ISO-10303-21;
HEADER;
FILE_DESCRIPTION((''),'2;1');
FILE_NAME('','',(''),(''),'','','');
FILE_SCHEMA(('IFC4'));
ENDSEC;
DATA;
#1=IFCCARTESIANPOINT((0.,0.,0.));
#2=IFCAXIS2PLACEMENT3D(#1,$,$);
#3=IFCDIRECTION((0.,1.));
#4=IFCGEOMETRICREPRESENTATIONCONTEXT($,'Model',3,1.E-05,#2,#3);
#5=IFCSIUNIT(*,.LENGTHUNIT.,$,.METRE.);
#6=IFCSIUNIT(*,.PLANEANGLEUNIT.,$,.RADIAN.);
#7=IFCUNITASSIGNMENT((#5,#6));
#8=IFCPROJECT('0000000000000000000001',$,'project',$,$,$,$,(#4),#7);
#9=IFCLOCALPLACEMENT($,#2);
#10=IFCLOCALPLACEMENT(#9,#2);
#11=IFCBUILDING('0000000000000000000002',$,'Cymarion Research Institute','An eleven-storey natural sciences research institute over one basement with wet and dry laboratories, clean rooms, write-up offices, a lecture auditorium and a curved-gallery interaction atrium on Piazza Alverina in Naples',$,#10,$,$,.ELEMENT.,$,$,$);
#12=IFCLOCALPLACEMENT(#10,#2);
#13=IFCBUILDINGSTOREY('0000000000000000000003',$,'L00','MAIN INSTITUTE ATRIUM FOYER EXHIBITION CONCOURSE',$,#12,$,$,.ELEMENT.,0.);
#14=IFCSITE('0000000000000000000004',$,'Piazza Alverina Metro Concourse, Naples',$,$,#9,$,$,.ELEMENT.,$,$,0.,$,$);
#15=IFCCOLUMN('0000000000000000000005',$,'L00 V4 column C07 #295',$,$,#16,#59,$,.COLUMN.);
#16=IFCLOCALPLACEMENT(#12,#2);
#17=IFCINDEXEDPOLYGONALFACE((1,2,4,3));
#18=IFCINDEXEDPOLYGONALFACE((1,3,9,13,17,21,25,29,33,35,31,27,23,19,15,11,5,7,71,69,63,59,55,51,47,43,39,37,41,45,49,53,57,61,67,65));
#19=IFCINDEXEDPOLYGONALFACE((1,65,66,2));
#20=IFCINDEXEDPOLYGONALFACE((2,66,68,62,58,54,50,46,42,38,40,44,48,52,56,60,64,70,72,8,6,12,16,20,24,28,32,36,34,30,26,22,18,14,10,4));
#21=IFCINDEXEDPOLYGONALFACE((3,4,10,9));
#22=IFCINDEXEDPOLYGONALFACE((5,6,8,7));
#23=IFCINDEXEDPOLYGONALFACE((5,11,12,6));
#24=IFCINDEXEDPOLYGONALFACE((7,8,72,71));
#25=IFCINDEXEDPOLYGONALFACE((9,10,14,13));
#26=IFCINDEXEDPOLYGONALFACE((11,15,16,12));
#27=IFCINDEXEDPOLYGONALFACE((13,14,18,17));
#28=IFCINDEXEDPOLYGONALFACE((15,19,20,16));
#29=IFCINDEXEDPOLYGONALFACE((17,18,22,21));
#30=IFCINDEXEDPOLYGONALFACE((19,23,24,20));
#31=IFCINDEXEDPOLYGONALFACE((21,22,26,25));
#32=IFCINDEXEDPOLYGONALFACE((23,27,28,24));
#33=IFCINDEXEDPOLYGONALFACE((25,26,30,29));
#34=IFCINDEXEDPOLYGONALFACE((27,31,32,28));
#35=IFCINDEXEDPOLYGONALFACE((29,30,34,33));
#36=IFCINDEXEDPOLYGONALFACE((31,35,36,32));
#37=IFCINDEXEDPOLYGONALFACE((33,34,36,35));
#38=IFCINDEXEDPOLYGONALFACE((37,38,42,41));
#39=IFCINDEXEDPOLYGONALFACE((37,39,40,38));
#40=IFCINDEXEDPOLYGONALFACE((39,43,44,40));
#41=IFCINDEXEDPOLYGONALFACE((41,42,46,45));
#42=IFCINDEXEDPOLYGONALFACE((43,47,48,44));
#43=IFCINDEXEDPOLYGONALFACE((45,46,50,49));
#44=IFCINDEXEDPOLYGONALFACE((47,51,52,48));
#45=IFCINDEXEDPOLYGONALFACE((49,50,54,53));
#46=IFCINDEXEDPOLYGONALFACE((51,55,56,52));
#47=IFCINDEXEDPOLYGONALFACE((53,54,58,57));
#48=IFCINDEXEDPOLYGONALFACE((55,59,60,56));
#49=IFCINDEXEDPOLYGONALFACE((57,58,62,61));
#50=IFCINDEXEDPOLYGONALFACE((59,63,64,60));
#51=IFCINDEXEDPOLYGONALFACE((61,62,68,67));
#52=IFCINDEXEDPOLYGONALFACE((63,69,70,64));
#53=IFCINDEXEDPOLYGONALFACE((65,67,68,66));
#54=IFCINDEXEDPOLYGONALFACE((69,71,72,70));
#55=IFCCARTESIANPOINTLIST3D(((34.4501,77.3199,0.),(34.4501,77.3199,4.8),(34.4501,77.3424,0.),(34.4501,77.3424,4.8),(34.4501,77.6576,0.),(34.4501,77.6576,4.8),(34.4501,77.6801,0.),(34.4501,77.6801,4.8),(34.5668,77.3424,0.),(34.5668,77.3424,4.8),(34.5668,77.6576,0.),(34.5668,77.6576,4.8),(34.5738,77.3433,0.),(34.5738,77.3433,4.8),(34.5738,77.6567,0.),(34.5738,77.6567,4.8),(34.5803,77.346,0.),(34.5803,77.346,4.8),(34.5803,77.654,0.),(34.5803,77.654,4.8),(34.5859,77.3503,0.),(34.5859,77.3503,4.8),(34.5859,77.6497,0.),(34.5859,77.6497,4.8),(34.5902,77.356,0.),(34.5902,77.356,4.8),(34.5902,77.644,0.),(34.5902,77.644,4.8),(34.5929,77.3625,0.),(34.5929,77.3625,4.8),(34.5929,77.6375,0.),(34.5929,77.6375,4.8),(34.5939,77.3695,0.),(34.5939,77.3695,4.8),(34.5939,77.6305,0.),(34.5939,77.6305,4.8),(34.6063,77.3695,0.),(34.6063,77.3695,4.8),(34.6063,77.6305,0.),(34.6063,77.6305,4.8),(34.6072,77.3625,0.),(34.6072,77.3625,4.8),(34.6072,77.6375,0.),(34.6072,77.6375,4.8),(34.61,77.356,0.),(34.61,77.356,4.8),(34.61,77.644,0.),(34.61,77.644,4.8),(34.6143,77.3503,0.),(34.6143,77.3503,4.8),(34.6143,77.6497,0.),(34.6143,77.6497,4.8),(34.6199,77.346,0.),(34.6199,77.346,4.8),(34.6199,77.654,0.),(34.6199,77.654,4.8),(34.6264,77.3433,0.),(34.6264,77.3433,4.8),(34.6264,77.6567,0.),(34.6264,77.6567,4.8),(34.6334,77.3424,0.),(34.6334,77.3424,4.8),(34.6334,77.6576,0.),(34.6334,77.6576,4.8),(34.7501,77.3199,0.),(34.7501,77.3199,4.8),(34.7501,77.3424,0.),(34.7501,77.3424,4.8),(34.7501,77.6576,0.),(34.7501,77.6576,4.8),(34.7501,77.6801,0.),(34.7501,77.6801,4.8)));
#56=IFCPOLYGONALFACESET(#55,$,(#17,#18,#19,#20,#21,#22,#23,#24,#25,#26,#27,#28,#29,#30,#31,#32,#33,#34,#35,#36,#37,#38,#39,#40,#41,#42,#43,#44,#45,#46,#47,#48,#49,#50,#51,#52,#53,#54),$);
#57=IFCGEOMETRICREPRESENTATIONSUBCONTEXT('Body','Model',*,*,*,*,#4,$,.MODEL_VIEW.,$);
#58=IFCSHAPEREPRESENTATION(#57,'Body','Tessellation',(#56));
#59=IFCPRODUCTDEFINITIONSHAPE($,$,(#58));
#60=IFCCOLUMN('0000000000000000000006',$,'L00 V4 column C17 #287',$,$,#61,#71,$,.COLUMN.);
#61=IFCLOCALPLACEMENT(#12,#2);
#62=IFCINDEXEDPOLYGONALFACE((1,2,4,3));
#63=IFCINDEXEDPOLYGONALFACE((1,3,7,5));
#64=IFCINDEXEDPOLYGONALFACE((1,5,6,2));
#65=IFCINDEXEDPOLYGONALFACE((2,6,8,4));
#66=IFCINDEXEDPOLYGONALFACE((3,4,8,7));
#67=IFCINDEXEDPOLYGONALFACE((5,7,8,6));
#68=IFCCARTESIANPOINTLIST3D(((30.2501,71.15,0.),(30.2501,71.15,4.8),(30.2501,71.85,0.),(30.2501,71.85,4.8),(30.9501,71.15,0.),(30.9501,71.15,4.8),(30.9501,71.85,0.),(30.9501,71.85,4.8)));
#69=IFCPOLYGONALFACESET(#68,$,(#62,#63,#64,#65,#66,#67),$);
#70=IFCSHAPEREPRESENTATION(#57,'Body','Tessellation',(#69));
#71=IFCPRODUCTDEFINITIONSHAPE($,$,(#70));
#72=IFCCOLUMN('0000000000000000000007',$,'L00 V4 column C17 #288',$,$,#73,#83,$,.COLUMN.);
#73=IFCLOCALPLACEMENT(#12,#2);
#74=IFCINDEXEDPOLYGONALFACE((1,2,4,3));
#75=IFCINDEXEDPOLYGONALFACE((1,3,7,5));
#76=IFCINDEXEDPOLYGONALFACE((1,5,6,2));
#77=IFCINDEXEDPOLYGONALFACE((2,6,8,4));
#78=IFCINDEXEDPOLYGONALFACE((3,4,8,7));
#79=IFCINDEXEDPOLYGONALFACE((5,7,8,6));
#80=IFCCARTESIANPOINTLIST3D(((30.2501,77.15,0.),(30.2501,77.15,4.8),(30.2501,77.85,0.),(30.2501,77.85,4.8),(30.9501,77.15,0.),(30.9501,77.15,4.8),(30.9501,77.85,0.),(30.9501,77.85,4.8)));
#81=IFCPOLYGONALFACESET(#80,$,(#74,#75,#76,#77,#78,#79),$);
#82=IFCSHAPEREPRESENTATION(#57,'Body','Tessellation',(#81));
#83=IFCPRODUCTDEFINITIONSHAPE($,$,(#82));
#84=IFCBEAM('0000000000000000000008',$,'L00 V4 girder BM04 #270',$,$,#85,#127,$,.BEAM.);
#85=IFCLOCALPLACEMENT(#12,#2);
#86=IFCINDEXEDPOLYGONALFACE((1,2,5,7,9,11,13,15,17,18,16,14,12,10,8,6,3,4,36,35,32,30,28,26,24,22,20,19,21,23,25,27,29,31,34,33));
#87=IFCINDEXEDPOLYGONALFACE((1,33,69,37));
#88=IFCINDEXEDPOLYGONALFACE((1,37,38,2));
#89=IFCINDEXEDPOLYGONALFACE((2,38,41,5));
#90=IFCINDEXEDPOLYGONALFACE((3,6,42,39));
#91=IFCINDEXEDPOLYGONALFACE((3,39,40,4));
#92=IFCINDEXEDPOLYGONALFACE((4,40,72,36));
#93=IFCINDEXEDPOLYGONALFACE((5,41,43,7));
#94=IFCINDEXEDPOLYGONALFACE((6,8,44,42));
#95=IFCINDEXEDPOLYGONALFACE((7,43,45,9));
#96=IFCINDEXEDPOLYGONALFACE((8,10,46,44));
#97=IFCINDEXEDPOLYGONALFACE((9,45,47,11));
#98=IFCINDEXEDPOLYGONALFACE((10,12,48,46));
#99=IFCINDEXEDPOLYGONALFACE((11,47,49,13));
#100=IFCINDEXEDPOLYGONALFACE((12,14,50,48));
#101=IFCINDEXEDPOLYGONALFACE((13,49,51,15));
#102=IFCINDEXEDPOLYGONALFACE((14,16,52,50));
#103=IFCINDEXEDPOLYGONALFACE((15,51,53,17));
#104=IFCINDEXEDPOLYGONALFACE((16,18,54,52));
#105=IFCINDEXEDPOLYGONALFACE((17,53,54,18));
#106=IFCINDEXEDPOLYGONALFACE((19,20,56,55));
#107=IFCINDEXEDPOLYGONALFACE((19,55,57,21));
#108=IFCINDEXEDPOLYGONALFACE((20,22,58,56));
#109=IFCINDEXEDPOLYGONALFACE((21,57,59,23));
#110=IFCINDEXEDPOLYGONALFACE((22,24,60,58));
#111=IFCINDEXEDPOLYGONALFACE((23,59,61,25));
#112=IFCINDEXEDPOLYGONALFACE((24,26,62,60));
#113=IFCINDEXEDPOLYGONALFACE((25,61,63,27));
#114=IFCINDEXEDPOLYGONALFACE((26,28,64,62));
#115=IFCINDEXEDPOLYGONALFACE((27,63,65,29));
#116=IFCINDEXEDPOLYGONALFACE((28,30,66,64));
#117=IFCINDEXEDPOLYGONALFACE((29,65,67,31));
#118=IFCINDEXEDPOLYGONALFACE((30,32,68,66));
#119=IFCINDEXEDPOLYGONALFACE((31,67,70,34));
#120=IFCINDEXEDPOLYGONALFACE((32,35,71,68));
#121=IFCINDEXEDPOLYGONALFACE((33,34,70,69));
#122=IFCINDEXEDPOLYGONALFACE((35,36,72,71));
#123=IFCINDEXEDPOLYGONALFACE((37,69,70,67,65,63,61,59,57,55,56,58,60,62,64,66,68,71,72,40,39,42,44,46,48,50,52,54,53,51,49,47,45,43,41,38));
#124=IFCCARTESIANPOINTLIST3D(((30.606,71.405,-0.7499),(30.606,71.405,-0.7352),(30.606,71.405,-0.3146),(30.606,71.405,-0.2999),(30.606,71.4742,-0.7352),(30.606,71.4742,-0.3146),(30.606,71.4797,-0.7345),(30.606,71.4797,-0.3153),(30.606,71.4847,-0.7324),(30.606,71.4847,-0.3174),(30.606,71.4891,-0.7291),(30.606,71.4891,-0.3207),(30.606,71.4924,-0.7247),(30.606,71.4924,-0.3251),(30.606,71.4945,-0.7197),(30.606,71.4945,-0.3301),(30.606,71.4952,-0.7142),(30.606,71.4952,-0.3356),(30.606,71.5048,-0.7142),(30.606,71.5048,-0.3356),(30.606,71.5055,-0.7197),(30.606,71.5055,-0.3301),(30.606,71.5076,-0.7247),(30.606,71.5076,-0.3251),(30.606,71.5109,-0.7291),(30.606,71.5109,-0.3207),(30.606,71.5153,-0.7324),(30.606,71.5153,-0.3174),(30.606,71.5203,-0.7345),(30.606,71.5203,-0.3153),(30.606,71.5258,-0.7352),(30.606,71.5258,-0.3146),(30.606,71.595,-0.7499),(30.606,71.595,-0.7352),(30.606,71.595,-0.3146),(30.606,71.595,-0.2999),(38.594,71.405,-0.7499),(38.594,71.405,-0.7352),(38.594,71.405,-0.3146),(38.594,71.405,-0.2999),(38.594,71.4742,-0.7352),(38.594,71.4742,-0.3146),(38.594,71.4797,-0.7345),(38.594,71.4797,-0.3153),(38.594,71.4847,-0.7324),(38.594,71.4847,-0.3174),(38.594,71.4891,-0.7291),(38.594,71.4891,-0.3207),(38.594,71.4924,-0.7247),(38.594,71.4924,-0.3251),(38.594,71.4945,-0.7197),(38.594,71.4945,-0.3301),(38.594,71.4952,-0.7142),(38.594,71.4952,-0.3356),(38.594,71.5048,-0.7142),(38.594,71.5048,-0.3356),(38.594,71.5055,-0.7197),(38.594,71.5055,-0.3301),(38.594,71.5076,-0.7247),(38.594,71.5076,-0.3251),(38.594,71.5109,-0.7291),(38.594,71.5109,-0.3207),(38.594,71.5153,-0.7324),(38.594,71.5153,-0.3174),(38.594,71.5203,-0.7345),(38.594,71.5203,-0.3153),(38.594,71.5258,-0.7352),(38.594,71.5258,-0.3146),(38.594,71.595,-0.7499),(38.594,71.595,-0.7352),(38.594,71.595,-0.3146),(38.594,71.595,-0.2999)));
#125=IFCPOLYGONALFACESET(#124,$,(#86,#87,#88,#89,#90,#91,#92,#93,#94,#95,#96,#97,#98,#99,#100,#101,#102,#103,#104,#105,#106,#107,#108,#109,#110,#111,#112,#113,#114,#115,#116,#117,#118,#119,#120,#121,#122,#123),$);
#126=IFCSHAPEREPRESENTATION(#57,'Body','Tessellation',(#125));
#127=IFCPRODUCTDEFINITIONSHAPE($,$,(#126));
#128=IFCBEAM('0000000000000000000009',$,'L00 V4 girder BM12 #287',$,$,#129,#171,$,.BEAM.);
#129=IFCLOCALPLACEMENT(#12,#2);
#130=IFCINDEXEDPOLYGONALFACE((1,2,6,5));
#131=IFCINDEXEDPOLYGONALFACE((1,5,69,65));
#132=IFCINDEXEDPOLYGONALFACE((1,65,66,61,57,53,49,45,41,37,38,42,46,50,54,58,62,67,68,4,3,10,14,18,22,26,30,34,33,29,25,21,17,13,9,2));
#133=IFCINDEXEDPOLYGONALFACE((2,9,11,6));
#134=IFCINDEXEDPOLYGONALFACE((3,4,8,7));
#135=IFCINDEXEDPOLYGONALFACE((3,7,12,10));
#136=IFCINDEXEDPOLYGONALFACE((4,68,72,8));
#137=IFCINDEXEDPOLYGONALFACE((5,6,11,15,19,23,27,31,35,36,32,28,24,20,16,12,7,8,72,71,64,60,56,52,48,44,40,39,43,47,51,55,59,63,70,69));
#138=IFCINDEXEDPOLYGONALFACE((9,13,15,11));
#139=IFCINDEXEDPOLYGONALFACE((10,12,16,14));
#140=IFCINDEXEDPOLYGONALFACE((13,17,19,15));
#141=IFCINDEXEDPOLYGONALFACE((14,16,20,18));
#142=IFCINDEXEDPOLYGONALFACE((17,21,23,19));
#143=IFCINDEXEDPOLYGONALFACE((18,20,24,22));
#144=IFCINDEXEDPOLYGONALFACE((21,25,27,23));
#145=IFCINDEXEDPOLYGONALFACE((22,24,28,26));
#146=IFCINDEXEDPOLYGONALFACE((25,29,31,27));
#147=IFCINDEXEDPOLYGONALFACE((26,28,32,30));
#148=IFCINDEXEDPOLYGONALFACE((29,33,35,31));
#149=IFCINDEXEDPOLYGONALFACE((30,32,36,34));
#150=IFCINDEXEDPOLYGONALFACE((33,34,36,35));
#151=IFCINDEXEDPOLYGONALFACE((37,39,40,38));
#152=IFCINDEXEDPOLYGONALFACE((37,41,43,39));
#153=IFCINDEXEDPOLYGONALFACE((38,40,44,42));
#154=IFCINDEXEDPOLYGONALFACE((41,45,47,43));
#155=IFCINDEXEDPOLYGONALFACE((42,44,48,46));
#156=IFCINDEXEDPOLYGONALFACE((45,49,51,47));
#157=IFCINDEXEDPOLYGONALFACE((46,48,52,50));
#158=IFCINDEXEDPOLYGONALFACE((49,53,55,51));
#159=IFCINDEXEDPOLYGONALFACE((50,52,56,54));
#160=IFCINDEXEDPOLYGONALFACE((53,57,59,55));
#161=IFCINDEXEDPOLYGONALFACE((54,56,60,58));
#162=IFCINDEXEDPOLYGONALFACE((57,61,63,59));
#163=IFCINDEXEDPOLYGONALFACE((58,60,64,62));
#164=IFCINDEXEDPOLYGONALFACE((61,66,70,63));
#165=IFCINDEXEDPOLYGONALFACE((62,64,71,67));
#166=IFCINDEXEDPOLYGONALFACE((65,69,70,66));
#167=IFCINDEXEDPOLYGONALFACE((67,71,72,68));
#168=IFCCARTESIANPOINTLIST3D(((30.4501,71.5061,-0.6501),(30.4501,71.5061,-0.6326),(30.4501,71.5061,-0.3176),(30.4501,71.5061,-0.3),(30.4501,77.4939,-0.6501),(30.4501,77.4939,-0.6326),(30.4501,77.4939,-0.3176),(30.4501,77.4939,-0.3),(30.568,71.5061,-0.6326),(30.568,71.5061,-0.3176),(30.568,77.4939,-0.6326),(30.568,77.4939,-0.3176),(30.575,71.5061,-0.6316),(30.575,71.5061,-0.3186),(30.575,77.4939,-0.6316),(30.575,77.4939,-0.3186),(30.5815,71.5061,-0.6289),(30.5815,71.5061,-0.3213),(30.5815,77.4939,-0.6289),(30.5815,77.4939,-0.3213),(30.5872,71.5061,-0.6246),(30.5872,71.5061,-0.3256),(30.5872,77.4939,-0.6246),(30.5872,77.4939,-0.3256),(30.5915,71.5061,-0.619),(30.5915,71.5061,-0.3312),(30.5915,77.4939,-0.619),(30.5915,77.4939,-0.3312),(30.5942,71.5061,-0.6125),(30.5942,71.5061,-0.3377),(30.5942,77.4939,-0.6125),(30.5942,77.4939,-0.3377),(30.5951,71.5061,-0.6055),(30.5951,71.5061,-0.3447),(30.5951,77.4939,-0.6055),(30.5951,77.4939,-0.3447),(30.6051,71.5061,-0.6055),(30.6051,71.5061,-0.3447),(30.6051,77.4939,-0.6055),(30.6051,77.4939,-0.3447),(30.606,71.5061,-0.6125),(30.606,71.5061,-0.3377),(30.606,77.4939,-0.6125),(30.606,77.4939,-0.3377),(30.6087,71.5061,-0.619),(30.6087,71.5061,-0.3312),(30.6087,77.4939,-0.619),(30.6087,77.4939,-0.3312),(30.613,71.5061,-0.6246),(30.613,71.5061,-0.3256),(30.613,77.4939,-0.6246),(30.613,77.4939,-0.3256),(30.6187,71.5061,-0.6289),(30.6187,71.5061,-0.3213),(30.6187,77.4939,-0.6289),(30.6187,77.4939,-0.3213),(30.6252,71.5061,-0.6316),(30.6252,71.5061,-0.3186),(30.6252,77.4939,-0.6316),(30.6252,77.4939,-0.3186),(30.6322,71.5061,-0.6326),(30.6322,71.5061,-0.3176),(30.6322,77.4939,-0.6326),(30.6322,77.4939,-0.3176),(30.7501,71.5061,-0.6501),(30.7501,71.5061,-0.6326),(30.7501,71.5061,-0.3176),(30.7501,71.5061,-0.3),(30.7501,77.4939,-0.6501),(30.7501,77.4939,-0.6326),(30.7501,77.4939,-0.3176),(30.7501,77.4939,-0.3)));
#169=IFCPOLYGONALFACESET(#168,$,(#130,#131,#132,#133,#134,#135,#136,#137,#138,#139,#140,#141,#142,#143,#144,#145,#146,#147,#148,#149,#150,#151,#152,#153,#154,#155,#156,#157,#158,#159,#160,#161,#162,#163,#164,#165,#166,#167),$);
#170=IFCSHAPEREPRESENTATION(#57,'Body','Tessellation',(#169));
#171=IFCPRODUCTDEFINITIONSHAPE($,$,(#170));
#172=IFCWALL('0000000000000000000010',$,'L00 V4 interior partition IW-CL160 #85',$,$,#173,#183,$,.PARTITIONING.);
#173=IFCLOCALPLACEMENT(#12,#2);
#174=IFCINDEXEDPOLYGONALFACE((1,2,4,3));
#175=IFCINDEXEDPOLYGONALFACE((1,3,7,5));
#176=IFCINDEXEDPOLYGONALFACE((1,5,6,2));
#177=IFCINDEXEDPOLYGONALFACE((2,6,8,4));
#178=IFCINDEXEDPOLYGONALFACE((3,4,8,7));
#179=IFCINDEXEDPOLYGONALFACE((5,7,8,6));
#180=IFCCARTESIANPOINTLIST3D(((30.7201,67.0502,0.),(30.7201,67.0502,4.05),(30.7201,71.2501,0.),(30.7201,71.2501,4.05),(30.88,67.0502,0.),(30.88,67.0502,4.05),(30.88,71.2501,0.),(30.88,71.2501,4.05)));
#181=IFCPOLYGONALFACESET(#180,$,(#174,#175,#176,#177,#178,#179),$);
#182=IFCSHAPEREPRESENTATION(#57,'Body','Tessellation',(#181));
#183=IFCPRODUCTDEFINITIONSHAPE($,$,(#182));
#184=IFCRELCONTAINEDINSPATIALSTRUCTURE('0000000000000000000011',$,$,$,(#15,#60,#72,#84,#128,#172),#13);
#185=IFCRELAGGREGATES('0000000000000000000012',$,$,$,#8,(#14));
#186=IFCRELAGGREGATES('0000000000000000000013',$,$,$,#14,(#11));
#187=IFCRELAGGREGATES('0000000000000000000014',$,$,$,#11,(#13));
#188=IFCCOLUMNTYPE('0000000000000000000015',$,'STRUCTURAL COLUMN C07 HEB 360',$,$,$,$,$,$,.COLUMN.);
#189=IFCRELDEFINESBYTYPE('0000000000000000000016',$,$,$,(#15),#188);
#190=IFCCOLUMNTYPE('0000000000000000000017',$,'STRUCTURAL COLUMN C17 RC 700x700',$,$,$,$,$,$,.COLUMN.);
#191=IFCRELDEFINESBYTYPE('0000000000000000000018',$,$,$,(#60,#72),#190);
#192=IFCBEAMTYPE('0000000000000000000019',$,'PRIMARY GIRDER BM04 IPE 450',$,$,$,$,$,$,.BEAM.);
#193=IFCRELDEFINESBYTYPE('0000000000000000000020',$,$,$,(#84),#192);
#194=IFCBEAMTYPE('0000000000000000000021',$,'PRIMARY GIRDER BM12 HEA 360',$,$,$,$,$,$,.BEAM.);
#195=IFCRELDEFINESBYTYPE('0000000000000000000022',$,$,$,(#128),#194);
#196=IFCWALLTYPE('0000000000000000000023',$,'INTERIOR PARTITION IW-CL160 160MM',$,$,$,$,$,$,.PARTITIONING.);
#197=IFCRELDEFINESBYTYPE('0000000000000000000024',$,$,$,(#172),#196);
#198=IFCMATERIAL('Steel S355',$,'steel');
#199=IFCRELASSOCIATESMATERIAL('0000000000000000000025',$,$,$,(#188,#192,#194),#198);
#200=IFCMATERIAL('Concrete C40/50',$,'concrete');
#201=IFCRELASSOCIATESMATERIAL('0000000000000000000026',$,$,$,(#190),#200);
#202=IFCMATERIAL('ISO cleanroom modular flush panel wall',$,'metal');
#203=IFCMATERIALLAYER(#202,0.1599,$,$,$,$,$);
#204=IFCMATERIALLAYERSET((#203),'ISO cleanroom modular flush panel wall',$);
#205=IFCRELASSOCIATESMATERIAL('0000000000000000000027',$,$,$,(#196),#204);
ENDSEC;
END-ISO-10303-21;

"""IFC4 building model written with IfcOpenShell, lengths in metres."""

from ifc_helpers import new_model, si_unit, direction, frame, frame_2d, origin, origin_2d, place, context, subcontext, project, spatial, rectangle, i_section, extrude, material, layer, layer_set, material_profile, profile_set, type_object, element, save


model = new_model("IFC4")

# Units and contexts
model_context = context("Model", 3, precision=1e-05, world=origin(), true_north=direction((0.0, 1.0)))
body_context = subcontext(model_context, "Body", "Model", "MODEL_VIEW")
ifc_project = project(units=[si_unit("LENGTHUNIT", "METRE"), si_unit("PLANEANGLEUNIT", "RADIAN")], contexts=[model_context])

# Site, building, storey
site_placement = place(None, origin())
site = spatial("IfcSite", under=ifc_project, at=site_placement, Name="Piazza Alverina Metro Concourse, Naples", CompositionType="ELEMENT", RefElevation=0.0)
building_placement = place(site_placement, origin())
building = spatial("IfcBuilding", under=site, at=building_placement, Name="Cymarion Research Institute", Description="An eleven-storey natural sciences research institute over one basement with wet and dry laboratories, clean rooms, write-up offices, a lecture auditorium and a curved-gallery interaction atrium on Piazza Alverina in Naples", CompositionType="ELEMENT")
storey_placement = place(building_placement, origin())
storey = spatial("IfcBuildingStorey", under=building, at=storey_placement, Name="L00", Description="MAIN INSTITUTE ATRIUM FOYER EXHIBITION CONCOURSE", CompositionType="ELEMENT", Elevation=0.0)

# Columns
ifc_material_1 = material(Name="Steel S355", Category="steel")
ifc_material_profile_1 = material_profile(ifc_material_1, i_section(OverallWidth=0.3, OverallDepth=0.3601, WebThickness=0.0125, FlangeThickness=0.0225, FilletRadius=0.0271, at=origin_2d()), Name="HEB 360")
ifc_profile_set_1 = profile_set([ifc_material_profile_1], Name="Steel S355")
column_type_1 = type_object("IfcColumnType", Name="STRUCTURAL COLUMN C07 HEB 360", PredefinedType="COLUMN", material=ifc_profile_set_1)
column_placement = place(storey_placement, frame((34.6001, 77.5, 0.0), z_axis=(0.0, 0.0, 1.0), x_axis=(1.0, 0.0, 0.0)))
element("IfcColumn", 1, at=column_placement, inside=storey, type_object=column_type_1, Name="L00 V4 column C07 #295", PredefinedType="COLUMN", context=body_context, shape_type="SweptSolid", body=[
    extrude(i_section(OverallWidth=0.3, OverallDepth=0.3601, WebThickness=0.0125, FlangeThickness=0.0225, FilletRadius=0.0271, at=origin_2d()), origin(), (0.0, 0.0, 1.0), 4.8),
])
ifc_material_2 = material(Name="Concrete C40/50", Category="concrete")
ifc_material_profile_2 = material_profile(ifc_material_2, rectangle(XDim=0.7, YDim=0.7, at=origin_2d()), Name="RC 700x700")
ifc_profile_set_2 = profile_set([ifc_material_profile_2], Name="Concrete C40/50")
column_type_2 = type_object("IfcColumnType", Name="STRUCTURAL COLUMN C17 RC 700x700", PredefinedType="COLUMN", material=ifc_profile_set_2)
for number, where, z_axis, x_axis, name in (
    (2, (30.6001, 71.5, 0.0), (0.0, 0.0, 1.0), (1.0, 0.0, 0.0), "L00 V4 column C17 #287"),
    (3, (30.6001, 77.5, 0.0), (0.0, 0.0, 1.0), (1.0, 0.0, 0.0), "L00 V4 column C17 #288"),
):
    element("IfcColumn", number, at=place(storey_placement, frame(where, z_axis=z_axis, x_axis=x_axis)), inside=storey, type_object=column_type_2, Name=name, PredefinedType="COLUMN", context=body_context, shape_type="SweptSolid", body=[
        extrude(rectangle(XDim=0.7, YDim=0.7, at=origin_2d()), origin(), (0.0, 0.0, 1.0), 4.8),
    ])

# Beams
ifc_material_profile_3 = material_profile(ifc_material_1, i_section(OverallWidth=0.1899, OverallDepth=0.45, WebThickness=0.0095, FlangeThickness=0.0146, FilletRadius=0.021, at=origin_2d()), Name="IPE 450")
ifc_profile_set_3 = profile_set([ifc_material_profile_3], Name="Steel S355")
beam_type_1 = type_object("IfcBeamType", Name="PRIMARY GIRDER BM04 IPE 450", PredefinedType="BEAM", material=ifc_profile_set_3)
beam_1_placement = place(storey_placement, frame((30.606, 71.5, -0.5249), z_axis=(1.0, 0.0, 0.0), x_axis=(0.0, 1.0, 0.0)))
element("IfcBeam", 4, at=beam_1_placement, inside=storey, type_object=beam_type_1, Name="L00 V4 girder BM04 #270", PredefinedType="BEAM", context=body_context, shape_type="SweptSolid", body=[
    extrude(i_section(OverallWidth=0.1899, OverallDepth=0.45, WebThickness=0.0095, FlangeThickness=0.0146, FilletRadius=0.021, at=origin_2d()), origin(), (0.0, 0.0, 1.0), 7.988),
])
ifc_material_profile_4 = material_profile(ifc_material_1, i_section(OverallWidth=0.3, OverallDepth=0.3501, WebThickness=0.01, FlangeThickness=0.0176, FilletRadius=0.0271, at=origin_2d()), Name="HEA 360")
ifc_profile_set_4 = profile_set([ifc_material_profile_4], Name="Steel S355")
beam_type_2 = type_object("IfcBeamType", Name="PRIMARY GIRDER BM12 HEA 360", PredefinedType="BEAM", material=ifc_profile_set_4)
beam_2_placement = place(storey_placement, frame((30.6001, 71.5061, -0.4751), z_axis=(0.0, 1.0, 0.0), x_axis=(-1.0, 0.0, 0.0)))
element("IfcBeam", 5, at=beam_2_placement, inside=storey, type_object=beam_type_2, Name="L00 V4 girder BM12 #287", PredefinedType="BEAM", context=body_context, shape_type="SweptSolid", body=[
    extrude(i_section(OverallWidth=0.3, OverallDepth=0.3501, WebThickness=0.01, FlangeThickness=0.0176, FilletRadius=0.0271, at=origin_2d()), origin(), (0.0, 0.0, 1.0), 5.9878),
])

# Wall
ifc_material_3 = material(Name="ISO cleanroom modular flush panel wall", Category="metal")
ifc_layer_1 = layer(ifc_material_3, 0.1599)
ifc_layer_set_1 = layer_set([ifc_layer_1], Name="ISO cleanroom modular flush panel wall")
wall_type_1 = type_object("IfcWallType", Name="INTERIOR PARTITION IW-CL160 160MM", PredefinedType="PARTITIONING", material=ifc_layer_set_1)
wall_1_placement = place(storey_placement, frame((30.8, 67.05, 0.0), z_axis=(0.0, 0.0, 1.0), x_axis=(0.0, 1.0, 0.0)))
element("IfcWall", 6, at=wall_1_placement, inside=storey, type_object=wall_type_1, Name="L00 V4 interior partition IW-CL160 #85", PredefinedType="PARTITIONING", context=body_context, shape_type="SweptSolid", body=[
    extrude(rectangle(XDim=4.2, YDim=0.1599, at=frame_2d((2.1001, 0.0))), origin(), (0.0, 0.0, 1.0), 4.05),
])

save(model, "model.ifc")
